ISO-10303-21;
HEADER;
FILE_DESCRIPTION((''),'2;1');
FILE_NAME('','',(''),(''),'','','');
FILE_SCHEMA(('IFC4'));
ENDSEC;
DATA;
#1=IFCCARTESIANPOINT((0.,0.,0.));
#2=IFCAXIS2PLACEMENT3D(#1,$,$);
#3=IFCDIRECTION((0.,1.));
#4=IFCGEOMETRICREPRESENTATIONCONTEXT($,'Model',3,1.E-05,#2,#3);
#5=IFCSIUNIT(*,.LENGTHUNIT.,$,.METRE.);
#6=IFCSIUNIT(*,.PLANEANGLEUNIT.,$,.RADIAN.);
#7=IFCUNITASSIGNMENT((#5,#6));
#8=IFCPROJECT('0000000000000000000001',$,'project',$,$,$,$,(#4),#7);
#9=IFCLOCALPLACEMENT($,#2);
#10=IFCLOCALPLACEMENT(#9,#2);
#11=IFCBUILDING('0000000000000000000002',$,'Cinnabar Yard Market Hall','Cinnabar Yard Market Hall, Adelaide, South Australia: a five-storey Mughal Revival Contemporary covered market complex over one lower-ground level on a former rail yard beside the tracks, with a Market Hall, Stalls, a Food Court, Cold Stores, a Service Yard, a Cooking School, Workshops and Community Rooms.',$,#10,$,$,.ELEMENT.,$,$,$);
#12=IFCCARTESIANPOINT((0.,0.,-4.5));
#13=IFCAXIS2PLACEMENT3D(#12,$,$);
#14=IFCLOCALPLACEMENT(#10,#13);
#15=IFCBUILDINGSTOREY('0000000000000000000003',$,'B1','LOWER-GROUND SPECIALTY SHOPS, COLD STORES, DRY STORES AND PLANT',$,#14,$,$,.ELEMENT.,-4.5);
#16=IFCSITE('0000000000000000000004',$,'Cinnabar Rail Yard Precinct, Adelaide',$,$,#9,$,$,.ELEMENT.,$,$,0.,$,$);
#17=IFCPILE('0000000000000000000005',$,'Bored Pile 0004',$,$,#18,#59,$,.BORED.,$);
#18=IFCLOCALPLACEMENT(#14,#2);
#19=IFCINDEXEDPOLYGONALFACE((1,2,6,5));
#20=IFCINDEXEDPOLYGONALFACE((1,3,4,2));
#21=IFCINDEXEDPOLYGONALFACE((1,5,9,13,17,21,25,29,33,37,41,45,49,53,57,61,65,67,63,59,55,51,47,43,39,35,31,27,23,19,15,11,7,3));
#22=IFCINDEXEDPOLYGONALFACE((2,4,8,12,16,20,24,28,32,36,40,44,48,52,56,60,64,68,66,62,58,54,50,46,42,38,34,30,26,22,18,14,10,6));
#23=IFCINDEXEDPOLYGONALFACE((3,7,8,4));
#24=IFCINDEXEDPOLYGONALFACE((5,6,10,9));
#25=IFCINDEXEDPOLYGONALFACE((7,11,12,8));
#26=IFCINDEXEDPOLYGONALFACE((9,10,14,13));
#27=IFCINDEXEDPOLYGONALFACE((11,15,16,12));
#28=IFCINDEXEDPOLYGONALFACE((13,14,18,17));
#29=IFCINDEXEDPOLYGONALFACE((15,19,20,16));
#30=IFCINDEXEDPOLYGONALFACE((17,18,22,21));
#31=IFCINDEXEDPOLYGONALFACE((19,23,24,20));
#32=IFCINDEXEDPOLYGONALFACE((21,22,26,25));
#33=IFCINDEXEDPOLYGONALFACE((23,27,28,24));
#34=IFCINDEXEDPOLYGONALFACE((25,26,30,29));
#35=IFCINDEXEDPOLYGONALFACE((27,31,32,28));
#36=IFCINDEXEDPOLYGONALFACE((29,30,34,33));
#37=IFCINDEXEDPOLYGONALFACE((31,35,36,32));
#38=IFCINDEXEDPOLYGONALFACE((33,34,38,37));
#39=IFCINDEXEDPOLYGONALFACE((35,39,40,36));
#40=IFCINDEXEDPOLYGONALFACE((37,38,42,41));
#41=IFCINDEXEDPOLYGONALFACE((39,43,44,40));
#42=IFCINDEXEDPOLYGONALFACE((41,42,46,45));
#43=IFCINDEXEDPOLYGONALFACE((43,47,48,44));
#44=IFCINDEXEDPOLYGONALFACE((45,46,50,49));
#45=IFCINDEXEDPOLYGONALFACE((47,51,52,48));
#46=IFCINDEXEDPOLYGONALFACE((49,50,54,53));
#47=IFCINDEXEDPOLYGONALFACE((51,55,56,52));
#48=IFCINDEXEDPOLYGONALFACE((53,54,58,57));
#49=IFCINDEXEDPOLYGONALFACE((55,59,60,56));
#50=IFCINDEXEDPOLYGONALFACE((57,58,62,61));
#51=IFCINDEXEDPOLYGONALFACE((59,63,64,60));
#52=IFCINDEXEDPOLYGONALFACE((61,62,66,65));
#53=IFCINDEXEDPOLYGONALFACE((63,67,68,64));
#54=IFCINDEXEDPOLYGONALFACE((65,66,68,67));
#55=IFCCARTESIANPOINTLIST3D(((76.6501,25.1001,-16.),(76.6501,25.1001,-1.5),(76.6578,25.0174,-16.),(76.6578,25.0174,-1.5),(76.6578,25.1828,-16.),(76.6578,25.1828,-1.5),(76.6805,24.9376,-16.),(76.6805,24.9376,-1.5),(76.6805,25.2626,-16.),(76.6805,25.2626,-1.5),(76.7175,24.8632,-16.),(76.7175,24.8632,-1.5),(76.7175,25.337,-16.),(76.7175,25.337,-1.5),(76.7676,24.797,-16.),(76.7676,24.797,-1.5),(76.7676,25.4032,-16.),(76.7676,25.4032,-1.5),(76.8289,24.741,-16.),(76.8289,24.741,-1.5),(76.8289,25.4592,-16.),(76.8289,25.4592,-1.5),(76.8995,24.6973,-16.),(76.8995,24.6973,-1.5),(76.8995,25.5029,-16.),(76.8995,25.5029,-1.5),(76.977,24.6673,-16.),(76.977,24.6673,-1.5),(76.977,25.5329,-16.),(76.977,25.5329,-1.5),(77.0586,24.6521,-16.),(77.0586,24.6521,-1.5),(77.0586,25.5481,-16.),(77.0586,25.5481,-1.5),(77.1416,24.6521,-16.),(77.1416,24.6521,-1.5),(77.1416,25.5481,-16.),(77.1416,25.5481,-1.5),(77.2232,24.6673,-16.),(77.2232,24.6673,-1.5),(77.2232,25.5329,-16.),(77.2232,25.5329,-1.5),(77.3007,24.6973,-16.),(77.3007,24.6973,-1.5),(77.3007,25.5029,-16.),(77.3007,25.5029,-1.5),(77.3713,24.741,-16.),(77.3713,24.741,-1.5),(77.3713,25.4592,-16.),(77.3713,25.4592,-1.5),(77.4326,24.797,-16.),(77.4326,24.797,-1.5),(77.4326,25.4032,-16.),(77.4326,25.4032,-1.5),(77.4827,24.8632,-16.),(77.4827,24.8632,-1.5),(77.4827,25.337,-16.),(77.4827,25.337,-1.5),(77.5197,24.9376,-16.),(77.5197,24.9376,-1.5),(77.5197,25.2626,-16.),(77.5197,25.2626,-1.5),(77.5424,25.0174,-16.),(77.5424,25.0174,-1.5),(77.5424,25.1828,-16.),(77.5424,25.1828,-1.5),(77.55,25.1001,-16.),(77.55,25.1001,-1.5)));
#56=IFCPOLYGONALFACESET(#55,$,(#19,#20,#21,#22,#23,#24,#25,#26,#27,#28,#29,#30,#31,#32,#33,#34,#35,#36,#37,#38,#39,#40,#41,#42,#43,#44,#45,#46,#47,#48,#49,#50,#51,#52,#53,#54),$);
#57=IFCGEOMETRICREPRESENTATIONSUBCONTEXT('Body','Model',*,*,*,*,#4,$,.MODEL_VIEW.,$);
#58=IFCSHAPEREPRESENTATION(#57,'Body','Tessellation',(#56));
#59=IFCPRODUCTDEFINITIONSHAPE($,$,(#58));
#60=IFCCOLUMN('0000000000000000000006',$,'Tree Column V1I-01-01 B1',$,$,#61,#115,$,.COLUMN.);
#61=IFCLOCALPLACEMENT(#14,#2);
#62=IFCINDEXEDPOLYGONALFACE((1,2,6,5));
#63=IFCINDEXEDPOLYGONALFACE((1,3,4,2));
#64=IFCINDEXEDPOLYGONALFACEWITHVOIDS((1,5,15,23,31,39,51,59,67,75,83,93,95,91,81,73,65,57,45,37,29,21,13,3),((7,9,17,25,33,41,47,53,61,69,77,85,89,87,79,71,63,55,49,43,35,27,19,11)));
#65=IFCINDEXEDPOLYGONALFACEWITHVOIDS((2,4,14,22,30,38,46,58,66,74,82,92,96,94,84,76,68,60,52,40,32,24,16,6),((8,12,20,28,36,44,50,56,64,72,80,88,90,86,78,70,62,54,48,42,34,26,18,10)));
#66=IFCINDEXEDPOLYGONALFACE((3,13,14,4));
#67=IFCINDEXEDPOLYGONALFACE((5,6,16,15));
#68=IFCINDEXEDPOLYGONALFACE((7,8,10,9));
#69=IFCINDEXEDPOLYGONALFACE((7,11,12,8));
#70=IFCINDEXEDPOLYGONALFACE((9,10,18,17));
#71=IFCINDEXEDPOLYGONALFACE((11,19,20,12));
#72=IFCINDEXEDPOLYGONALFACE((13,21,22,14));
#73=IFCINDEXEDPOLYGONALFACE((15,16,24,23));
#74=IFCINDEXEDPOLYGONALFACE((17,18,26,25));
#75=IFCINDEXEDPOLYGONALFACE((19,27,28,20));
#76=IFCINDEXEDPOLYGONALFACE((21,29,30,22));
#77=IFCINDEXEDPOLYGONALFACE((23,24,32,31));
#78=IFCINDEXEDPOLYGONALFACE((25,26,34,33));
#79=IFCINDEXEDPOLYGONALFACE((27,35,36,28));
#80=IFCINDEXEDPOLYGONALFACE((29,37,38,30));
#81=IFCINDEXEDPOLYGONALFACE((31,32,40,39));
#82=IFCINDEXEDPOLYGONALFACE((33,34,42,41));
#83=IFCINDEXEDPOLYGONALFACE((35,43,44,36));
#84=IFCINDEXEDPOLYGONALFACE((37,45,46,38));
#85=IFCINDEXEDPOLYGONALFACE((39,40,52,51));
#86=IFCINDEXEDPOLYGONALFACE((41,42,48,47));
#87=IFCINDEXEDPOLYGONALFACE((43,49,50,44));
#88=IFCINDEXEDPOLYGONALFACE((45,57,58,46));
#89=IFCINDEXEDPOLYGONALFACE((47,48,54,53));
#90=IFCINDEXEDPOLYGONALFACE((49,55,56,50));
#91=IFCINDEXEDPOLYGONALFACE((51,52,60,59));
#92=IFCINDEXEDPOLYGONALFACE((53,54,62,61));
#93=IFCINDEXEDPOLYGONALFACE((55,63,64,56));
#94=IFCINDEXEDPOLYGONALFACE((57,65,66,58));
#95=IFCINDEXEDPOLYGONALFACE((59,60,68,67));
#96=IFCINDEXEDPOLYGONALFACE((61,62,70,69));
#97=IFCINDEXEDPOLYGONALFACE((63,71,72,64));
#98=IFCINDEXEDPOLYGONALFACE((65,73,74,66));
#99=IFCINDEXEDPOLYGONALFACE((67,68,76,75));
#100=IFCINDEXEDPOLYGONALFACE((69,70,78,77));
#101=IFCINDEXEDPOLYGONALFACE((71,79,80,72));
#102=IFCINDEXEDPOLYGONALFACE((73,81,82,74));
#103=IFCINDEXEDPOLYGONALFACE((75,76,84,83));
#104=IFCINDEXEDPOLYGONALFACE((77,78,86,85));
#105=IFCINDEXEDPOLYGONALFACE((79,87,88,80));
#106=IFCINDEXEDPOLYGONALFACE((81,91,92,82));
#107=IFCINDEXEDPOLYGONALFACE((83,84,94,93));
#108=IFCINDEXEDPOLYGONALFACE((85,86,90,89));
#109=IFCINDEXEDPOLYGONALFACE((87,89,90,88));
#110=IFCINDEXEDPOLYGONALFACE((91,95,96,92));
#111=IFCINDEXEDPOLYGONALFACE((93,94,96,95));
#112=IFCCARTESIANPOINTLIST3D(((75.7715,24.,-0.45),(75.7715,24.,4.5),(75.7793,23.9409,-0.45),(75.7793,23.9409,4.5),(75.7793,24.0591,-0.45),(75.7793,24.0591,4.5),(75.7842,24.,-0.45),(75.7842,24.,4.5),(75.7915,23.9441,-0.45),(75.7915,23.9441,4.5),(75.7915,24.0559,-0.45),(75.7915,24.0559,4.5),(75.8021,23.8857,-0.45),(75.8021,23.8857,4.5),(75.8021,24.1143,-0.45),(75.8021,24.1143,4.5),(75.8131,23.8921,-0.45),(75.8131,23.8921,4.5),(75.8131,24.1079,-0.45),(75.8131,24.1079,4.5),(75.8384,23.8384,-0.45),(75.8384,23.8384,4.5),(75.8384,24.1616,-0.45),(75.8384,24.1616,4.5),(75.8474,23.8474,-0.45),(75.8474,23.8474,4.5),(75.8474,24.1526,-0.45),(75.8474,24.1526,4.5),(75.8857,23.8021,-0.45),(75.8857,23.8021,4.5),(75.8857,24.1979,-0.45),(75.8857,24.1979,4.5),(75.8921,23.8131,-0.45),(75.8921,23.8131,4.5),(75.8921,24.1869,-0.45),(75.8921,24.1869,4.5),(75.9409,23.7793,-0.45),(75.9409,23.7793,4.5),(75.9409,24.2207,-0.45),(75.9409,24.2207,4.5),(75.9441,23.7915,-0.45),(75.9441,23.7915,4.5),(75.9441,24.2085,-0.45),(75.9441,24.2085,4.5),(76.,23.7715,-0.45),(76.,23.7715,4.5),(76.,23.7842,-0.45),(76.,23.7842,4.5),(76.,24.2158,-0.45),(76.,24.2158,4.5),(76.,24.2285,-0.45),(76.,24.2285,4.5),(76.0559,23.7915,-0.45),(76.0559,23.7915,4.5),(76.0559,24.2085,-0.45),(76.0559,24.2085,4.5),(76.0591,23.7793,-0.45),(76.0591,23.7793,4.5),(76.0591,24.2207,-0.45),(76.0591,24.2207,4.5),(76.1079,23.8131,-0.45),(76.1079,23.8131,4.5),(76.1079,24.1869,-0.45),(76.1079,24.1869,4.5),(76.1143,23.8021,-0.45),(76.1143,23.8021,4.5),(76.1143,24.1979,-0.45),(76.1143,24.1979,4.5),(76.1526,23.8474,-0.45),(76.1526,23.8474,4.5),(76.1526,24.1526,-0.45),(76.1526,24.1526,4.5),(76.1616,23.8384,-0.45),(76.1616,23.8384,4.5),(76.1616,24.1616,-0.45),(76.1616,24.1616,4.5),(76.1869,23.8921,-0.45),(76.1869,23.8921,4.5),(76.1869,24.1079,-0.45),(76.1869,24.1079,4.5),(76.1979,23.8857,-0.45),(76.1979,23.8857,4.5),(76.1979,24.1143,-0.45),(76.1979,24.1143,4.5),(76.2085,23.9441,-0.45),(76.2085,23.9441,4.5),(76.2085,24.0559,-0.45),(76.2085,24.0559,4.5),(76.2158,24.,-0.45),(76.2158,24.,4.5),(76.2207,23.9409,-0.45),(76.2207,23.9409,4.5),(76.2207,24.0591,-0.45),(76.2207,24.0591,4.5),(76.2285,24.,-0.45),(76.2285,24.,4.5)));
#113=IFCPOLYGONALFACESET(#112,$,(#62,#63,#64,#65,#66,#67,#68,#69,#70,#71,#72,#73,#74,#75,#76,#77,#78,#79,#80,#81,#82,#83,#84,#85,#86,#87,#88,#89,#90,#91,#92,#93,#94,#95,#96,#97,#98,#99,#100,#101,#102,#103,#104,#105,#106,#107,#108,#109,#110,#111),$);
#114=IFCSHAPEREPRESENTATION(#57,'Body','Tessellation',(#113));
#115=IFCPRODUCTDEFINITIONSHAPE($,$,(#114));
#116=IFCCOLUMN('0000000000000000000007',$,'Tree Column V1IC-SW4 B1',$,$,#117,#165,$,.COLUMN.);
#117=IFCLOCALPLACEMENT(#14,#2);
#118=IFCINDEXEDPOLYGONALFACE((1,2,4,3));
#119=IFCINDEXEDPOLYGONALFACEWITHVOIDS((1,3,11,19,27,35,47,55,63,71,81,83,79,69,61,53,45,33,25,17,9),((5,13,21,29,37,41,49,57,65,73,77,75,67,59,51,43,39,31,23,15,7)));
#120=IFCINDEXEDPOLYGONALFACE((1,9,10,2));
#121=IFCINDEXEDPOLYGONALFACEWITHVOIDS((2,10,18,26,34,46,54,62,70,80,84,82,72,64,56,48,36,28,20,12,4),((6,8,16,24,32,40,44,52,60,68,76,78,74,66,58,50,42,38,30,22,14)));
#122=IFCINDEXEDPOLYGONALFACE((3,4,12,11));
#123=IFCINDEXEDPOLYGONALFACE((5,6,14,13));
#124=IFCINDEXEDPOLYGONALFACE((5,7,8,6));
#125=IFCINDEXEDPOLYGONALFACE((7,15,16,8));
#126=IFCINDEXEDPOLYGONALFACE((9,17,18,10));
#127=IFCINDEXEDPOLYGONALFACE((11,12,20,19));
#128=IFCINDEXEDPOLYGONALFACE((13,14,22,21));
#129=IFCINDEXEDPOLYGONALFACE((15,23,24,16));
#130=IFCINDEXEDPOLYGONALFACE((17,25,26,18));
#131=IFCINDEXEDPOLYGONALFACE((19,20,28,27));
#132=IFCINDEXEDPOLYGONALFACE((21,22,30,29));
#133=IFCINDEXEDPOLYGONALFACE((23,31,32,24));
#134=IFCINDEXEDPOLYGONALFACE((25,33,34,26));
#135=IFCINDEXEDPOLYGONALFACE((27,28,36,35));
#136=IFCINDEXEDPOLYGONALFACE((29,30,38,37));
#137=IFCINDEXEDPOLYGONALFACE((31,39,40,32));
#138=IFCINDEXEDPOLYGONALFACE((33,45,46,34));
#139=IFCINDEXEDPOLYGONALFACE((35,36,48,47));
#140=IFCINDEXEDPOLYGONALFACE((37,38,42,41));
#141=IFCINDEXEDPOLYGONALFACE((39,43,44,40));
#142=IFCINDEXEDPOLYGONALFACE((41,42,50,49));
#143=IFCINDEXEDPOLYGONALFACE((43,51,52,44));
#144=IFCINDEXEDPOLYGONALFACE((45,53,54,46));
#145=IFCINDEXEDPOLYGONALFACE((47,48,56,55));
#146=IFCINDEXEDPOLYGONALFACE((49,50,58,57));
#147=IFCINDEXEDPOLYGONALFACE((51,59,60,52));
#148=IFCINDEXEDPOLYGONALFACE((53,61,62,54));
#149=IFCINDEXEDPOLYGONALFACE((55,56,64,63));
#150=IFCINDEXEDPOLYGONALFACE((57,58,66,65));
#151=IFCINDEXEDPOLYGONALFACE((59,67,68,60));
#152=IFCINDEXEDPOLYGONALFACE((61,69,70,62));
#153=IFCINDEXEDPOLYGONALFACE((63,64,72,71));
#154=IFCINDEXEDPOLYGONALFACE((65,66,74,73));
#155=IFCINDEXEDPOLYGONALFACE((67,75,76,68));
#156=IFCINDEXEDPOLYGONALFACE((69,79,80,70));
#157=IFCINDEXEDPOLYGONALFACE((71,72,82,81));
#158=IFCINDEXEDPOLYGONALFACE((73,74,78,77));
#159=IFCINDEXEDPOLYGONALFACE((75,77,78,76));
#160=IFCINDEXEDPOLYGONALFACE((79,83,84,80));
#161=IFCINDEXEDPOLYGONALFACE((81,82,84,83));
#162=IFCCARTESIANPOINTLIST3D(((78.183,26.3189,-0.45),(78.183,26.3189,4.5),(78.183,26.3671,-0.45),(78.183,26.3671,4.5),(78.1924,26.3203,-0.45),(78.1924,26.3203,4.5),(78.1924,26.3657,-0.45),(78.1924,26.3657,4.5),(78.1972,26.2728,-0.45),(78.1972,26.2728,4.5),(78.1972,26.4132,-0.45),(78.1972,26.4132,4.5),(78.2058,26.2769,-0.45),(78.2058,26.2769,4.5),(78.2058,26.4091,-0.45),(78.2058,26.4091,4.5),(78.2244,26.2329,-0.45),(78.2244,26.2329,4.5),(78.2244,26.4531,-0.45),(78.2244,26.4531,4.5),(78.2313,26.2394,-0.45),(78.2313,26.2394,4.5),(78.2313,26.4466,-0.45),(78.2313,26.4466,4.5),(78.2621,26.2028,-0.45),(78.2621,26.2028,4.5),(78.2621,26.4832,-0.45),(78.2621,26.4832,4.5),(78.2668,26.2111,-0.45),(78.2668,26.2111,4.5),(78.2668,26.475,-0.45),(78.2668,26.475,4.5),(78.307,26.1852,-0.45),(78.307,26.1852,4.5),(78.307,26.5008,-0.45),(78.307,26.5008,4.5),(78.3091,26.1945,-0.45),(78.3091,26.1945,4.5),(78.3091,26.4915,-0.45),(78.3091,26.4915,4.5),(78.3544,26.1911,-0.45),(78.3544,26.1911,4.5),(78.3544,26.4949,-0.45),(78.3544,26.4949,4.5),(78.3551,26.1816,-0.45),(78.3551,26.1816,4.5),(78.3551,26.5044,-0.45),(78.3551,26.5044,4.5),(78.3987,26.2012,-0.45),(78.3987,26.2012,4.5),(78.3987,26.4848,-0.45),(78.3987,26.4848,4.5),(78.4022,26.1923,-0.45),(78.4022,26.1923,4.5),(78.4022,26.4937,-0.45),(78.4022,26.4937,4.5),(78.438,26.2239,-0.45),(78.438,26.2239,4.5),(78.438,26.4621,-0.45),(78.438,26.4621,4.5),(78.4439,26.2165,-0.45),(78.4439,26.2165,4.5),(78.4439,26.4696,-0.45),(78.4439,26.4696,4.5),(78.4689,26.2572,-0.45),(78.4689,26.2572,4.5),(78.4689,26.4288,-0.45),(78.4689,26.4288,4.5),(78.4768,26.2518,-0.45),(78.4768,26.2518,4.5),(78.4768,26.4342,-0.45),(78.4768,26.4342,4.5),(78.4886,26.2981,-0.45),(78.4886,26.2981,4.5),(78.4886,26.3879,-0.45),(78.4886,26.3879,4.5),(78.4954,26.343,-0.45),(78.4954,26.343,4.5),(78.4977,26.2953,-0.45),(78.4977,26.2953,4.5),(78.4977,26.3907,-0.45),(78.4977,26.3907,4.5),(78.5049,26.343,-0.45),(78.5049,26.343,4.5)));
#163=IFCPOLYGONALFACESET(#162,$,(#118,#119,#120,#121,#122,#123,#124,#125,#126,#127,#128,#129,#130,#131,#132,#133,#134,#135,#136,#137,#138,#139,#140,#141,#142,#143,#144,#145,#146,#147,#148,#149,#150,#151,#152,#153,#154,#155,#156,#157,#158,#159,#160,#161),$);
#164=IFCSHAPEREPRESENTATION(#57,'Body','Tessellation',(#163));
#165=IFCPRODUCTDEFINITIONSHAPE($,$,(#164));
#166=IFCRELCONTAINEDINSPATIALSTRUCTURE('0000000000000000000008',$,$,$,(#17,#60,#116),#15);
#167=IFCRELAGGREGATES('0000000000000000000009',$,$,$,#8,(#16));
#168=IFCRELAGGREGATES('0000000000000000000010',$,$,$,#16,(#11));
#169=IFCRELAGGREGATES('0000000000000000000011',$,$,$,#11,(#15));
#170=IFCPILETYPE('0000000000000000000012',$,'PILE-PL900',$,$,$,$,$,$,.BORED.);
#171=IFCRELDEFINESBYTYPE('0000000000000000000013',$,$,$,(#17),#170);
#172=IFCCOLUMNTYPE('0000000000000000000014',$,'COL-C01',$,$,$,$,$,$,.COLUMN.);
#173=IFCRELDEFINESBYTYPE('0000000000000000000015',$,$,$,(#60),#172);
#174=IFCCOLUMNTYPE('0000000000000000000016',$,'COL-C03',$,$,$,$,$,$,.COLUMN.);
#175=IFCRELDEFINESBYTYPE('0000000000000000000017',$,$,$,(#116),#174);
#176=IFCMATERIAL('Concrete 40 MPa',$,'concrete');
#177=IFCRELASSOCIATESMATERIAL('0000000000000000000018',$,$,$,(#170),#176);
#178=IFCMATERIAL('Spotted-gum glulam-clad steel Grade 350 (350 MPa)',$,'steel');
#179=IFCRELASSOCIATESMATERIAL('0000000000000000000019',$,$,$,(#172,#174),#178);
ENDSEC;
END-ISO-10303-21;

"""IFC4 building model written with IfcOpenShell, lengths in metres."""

from ifc_helpers import new_model, si_unit, direction, frame, origin, origin_2d_with_axis, place, context, subcontext, project, spatial, circle, hollow_circle, extrude, material, material_profile, profile_set, type_object, element, save


model = new_model("IFC4")

# Units and contexts
model_context = context("Model", 3, precision=1e-05, world=origin(), true_north=direction((0.0, 1.0)))
body_context = subcontext(model_context, "Body", "Model", "MODEL_VIEW")
ifc_project = project(units=[si_unit("LENGTHUNIT", "METRE"), si_unit("PLANEANGLEUNIT", "RADIAN")], contexts=[model_context])

# Site, building, storey
site_placement = place(None, origin())
site = spatial("IfcSite", under=ifc_project, at=site_placement, Name="Cinnabar Rail Yard Precinct, Adelaide", CompositionType="ELEMENT", RefElevation=0.0)
building_placement = place(site_placement, origin())
building = spatial("IfcBuilding", under=site, at=building_placement, Name="Cinnabar Yard Market Hall", Description="Cinnabar Yard Market Hall, Adelaide, South Australia: a five-storey Mughal Revival Contemporary covered market complex over one lower-ground level on a former rail yard beside the tracks, with a Market Hall, Stalls, a Food Court, Cold Stores, a Service Yard, a Cooking School, Workshops and Community Rooms.", CompositionType="ELEMENT")
storey_placement = place(building_placement, frame((0.0, 0.0, -4.5)))
storey = spatial("IfcBuildingStorey", under=building, at=storey_placement, Name="B1", Description="LOWER-GROUND SPECIALTY SHOPS, COLD STORES, DRY STORES AND PLANT", CompositionType="ELEMENT", Elevation=-4.5)

# Shared definitions
ifc_material_1 = material(Name="Concrete 40 MPa", Category="concrete")

# Pile
ifc_material_profile_1 = material_profile(ifc_material_1, circle(Radius=0.45, at=origin_2d_with_axis()), Name="PILE-D900")
ifc_profile_set_1 = profile_set([ifc_material_profile_1], Name="Concrete 40 MPa")
pile_type_1 = type_object("IfcPileType", Name="PILE-PL900", PredefinedType="BORED", material=ifc_profile_set_1)
for number, where, z_axis, x_axis, name in (
    (1, (77.1001, 25.1001, -1.5), (0.0, 0.0, -1.0), (1.0, 0.0, 0.0), "Bored Pile 0004"),
):
    element("IfcPile", number, at=place(storey_placement, frame(where, z_axis=z_axis, x_axis=x_axis)), inside=storey, type_object=pile_type_1, Name=name, PredefinedType="BORED", context=body_context, shape_type="SweptSolid", body=[
        extrude(circle(Radius=0.45, at=origin_2d_with_axis()), origin(), (0.0, 0.0, 1.0), 14.5),
    ])

# Columns
ifc_material_2 = material(Name="Spotted-gum glulam-clad steel Grade 350 (350 MPa)", Category="steel")
ifc_material_profile_2 = material_profile(ifc_material_2, hollow_circle(Radius=0.2285, WallThickness=0.0127, at=origin_2d_with_axis()), Name="457.0x12.7CHS")
ifc_profile_set_2 = profile_set([ifc_material_profile_2], Name="Spotted-gum glulam-clad steel Grade 350 (350 MPa)")
column_type_1 = type_object("IfcColumnType", Name="COL-C01", PredefinedType="COLUMN", material=ifc_profile_set_2)
column_1_placement = place(storey_placement, frame((76.0, 24.0, -0.45), z_axis=(0.0, 0.0, 1.0), x_axis=(1.0, 0.0, 0.0)))
element("IfcColumn", 2, at=column_1_placement, inside=storey, type_object=column_type_1, Name="Tree Column V1I-01-01 B1", PredefinedType="COLUMN", context=body_context, shape_type="SweptSolid", body=[
    extrude(hollow_circle(Radius=0.2285, WallThickness=0.0127, at=origin_2d_with_axis()), origin(), (0.0, 0.0, 1.0), 4.95),
])
ifc_material_profile_3 = material_profile(ifc_material_2, hollow_circle(Radius=0.1619, WallThickness=0.0095, at=origin_2d_with_axis()), Name="323.9x9.5CHS")
ifc_profile_set_3 = profile_set([ifc_material_profile_3], Name="Spotted-gum glulam-clad steel Grade 350 (350 MPa)")
column_type_2 = type_object("IfcColumnType", Name="COL-C03", PredefinedType="COLUMN", material=ifc_profile_set_3)
column_2_placement = place(storey_placement, frame((78.343, 26.343, -0.45), z_axis=(0.0, 0.0, 1.0), x_axis=(1.0, 0.0, 0.0)))
element("IfcColumn", 3, at=column_2_placement, inside=storey, type_object=column_type_2, Name="Tree Column V1IC-SW4 B1", PredefinedType="COLUMN", context=body_context, shape_type="SweptSolid", body=[
    extrude(hollow_circle(Radius=0.1619, WallThickness=0.0095, at=origin_2d_with_axis()), origin(), (0.0, 0.0, 1.0), 4.95),
])

save(model, "model.ifc")
